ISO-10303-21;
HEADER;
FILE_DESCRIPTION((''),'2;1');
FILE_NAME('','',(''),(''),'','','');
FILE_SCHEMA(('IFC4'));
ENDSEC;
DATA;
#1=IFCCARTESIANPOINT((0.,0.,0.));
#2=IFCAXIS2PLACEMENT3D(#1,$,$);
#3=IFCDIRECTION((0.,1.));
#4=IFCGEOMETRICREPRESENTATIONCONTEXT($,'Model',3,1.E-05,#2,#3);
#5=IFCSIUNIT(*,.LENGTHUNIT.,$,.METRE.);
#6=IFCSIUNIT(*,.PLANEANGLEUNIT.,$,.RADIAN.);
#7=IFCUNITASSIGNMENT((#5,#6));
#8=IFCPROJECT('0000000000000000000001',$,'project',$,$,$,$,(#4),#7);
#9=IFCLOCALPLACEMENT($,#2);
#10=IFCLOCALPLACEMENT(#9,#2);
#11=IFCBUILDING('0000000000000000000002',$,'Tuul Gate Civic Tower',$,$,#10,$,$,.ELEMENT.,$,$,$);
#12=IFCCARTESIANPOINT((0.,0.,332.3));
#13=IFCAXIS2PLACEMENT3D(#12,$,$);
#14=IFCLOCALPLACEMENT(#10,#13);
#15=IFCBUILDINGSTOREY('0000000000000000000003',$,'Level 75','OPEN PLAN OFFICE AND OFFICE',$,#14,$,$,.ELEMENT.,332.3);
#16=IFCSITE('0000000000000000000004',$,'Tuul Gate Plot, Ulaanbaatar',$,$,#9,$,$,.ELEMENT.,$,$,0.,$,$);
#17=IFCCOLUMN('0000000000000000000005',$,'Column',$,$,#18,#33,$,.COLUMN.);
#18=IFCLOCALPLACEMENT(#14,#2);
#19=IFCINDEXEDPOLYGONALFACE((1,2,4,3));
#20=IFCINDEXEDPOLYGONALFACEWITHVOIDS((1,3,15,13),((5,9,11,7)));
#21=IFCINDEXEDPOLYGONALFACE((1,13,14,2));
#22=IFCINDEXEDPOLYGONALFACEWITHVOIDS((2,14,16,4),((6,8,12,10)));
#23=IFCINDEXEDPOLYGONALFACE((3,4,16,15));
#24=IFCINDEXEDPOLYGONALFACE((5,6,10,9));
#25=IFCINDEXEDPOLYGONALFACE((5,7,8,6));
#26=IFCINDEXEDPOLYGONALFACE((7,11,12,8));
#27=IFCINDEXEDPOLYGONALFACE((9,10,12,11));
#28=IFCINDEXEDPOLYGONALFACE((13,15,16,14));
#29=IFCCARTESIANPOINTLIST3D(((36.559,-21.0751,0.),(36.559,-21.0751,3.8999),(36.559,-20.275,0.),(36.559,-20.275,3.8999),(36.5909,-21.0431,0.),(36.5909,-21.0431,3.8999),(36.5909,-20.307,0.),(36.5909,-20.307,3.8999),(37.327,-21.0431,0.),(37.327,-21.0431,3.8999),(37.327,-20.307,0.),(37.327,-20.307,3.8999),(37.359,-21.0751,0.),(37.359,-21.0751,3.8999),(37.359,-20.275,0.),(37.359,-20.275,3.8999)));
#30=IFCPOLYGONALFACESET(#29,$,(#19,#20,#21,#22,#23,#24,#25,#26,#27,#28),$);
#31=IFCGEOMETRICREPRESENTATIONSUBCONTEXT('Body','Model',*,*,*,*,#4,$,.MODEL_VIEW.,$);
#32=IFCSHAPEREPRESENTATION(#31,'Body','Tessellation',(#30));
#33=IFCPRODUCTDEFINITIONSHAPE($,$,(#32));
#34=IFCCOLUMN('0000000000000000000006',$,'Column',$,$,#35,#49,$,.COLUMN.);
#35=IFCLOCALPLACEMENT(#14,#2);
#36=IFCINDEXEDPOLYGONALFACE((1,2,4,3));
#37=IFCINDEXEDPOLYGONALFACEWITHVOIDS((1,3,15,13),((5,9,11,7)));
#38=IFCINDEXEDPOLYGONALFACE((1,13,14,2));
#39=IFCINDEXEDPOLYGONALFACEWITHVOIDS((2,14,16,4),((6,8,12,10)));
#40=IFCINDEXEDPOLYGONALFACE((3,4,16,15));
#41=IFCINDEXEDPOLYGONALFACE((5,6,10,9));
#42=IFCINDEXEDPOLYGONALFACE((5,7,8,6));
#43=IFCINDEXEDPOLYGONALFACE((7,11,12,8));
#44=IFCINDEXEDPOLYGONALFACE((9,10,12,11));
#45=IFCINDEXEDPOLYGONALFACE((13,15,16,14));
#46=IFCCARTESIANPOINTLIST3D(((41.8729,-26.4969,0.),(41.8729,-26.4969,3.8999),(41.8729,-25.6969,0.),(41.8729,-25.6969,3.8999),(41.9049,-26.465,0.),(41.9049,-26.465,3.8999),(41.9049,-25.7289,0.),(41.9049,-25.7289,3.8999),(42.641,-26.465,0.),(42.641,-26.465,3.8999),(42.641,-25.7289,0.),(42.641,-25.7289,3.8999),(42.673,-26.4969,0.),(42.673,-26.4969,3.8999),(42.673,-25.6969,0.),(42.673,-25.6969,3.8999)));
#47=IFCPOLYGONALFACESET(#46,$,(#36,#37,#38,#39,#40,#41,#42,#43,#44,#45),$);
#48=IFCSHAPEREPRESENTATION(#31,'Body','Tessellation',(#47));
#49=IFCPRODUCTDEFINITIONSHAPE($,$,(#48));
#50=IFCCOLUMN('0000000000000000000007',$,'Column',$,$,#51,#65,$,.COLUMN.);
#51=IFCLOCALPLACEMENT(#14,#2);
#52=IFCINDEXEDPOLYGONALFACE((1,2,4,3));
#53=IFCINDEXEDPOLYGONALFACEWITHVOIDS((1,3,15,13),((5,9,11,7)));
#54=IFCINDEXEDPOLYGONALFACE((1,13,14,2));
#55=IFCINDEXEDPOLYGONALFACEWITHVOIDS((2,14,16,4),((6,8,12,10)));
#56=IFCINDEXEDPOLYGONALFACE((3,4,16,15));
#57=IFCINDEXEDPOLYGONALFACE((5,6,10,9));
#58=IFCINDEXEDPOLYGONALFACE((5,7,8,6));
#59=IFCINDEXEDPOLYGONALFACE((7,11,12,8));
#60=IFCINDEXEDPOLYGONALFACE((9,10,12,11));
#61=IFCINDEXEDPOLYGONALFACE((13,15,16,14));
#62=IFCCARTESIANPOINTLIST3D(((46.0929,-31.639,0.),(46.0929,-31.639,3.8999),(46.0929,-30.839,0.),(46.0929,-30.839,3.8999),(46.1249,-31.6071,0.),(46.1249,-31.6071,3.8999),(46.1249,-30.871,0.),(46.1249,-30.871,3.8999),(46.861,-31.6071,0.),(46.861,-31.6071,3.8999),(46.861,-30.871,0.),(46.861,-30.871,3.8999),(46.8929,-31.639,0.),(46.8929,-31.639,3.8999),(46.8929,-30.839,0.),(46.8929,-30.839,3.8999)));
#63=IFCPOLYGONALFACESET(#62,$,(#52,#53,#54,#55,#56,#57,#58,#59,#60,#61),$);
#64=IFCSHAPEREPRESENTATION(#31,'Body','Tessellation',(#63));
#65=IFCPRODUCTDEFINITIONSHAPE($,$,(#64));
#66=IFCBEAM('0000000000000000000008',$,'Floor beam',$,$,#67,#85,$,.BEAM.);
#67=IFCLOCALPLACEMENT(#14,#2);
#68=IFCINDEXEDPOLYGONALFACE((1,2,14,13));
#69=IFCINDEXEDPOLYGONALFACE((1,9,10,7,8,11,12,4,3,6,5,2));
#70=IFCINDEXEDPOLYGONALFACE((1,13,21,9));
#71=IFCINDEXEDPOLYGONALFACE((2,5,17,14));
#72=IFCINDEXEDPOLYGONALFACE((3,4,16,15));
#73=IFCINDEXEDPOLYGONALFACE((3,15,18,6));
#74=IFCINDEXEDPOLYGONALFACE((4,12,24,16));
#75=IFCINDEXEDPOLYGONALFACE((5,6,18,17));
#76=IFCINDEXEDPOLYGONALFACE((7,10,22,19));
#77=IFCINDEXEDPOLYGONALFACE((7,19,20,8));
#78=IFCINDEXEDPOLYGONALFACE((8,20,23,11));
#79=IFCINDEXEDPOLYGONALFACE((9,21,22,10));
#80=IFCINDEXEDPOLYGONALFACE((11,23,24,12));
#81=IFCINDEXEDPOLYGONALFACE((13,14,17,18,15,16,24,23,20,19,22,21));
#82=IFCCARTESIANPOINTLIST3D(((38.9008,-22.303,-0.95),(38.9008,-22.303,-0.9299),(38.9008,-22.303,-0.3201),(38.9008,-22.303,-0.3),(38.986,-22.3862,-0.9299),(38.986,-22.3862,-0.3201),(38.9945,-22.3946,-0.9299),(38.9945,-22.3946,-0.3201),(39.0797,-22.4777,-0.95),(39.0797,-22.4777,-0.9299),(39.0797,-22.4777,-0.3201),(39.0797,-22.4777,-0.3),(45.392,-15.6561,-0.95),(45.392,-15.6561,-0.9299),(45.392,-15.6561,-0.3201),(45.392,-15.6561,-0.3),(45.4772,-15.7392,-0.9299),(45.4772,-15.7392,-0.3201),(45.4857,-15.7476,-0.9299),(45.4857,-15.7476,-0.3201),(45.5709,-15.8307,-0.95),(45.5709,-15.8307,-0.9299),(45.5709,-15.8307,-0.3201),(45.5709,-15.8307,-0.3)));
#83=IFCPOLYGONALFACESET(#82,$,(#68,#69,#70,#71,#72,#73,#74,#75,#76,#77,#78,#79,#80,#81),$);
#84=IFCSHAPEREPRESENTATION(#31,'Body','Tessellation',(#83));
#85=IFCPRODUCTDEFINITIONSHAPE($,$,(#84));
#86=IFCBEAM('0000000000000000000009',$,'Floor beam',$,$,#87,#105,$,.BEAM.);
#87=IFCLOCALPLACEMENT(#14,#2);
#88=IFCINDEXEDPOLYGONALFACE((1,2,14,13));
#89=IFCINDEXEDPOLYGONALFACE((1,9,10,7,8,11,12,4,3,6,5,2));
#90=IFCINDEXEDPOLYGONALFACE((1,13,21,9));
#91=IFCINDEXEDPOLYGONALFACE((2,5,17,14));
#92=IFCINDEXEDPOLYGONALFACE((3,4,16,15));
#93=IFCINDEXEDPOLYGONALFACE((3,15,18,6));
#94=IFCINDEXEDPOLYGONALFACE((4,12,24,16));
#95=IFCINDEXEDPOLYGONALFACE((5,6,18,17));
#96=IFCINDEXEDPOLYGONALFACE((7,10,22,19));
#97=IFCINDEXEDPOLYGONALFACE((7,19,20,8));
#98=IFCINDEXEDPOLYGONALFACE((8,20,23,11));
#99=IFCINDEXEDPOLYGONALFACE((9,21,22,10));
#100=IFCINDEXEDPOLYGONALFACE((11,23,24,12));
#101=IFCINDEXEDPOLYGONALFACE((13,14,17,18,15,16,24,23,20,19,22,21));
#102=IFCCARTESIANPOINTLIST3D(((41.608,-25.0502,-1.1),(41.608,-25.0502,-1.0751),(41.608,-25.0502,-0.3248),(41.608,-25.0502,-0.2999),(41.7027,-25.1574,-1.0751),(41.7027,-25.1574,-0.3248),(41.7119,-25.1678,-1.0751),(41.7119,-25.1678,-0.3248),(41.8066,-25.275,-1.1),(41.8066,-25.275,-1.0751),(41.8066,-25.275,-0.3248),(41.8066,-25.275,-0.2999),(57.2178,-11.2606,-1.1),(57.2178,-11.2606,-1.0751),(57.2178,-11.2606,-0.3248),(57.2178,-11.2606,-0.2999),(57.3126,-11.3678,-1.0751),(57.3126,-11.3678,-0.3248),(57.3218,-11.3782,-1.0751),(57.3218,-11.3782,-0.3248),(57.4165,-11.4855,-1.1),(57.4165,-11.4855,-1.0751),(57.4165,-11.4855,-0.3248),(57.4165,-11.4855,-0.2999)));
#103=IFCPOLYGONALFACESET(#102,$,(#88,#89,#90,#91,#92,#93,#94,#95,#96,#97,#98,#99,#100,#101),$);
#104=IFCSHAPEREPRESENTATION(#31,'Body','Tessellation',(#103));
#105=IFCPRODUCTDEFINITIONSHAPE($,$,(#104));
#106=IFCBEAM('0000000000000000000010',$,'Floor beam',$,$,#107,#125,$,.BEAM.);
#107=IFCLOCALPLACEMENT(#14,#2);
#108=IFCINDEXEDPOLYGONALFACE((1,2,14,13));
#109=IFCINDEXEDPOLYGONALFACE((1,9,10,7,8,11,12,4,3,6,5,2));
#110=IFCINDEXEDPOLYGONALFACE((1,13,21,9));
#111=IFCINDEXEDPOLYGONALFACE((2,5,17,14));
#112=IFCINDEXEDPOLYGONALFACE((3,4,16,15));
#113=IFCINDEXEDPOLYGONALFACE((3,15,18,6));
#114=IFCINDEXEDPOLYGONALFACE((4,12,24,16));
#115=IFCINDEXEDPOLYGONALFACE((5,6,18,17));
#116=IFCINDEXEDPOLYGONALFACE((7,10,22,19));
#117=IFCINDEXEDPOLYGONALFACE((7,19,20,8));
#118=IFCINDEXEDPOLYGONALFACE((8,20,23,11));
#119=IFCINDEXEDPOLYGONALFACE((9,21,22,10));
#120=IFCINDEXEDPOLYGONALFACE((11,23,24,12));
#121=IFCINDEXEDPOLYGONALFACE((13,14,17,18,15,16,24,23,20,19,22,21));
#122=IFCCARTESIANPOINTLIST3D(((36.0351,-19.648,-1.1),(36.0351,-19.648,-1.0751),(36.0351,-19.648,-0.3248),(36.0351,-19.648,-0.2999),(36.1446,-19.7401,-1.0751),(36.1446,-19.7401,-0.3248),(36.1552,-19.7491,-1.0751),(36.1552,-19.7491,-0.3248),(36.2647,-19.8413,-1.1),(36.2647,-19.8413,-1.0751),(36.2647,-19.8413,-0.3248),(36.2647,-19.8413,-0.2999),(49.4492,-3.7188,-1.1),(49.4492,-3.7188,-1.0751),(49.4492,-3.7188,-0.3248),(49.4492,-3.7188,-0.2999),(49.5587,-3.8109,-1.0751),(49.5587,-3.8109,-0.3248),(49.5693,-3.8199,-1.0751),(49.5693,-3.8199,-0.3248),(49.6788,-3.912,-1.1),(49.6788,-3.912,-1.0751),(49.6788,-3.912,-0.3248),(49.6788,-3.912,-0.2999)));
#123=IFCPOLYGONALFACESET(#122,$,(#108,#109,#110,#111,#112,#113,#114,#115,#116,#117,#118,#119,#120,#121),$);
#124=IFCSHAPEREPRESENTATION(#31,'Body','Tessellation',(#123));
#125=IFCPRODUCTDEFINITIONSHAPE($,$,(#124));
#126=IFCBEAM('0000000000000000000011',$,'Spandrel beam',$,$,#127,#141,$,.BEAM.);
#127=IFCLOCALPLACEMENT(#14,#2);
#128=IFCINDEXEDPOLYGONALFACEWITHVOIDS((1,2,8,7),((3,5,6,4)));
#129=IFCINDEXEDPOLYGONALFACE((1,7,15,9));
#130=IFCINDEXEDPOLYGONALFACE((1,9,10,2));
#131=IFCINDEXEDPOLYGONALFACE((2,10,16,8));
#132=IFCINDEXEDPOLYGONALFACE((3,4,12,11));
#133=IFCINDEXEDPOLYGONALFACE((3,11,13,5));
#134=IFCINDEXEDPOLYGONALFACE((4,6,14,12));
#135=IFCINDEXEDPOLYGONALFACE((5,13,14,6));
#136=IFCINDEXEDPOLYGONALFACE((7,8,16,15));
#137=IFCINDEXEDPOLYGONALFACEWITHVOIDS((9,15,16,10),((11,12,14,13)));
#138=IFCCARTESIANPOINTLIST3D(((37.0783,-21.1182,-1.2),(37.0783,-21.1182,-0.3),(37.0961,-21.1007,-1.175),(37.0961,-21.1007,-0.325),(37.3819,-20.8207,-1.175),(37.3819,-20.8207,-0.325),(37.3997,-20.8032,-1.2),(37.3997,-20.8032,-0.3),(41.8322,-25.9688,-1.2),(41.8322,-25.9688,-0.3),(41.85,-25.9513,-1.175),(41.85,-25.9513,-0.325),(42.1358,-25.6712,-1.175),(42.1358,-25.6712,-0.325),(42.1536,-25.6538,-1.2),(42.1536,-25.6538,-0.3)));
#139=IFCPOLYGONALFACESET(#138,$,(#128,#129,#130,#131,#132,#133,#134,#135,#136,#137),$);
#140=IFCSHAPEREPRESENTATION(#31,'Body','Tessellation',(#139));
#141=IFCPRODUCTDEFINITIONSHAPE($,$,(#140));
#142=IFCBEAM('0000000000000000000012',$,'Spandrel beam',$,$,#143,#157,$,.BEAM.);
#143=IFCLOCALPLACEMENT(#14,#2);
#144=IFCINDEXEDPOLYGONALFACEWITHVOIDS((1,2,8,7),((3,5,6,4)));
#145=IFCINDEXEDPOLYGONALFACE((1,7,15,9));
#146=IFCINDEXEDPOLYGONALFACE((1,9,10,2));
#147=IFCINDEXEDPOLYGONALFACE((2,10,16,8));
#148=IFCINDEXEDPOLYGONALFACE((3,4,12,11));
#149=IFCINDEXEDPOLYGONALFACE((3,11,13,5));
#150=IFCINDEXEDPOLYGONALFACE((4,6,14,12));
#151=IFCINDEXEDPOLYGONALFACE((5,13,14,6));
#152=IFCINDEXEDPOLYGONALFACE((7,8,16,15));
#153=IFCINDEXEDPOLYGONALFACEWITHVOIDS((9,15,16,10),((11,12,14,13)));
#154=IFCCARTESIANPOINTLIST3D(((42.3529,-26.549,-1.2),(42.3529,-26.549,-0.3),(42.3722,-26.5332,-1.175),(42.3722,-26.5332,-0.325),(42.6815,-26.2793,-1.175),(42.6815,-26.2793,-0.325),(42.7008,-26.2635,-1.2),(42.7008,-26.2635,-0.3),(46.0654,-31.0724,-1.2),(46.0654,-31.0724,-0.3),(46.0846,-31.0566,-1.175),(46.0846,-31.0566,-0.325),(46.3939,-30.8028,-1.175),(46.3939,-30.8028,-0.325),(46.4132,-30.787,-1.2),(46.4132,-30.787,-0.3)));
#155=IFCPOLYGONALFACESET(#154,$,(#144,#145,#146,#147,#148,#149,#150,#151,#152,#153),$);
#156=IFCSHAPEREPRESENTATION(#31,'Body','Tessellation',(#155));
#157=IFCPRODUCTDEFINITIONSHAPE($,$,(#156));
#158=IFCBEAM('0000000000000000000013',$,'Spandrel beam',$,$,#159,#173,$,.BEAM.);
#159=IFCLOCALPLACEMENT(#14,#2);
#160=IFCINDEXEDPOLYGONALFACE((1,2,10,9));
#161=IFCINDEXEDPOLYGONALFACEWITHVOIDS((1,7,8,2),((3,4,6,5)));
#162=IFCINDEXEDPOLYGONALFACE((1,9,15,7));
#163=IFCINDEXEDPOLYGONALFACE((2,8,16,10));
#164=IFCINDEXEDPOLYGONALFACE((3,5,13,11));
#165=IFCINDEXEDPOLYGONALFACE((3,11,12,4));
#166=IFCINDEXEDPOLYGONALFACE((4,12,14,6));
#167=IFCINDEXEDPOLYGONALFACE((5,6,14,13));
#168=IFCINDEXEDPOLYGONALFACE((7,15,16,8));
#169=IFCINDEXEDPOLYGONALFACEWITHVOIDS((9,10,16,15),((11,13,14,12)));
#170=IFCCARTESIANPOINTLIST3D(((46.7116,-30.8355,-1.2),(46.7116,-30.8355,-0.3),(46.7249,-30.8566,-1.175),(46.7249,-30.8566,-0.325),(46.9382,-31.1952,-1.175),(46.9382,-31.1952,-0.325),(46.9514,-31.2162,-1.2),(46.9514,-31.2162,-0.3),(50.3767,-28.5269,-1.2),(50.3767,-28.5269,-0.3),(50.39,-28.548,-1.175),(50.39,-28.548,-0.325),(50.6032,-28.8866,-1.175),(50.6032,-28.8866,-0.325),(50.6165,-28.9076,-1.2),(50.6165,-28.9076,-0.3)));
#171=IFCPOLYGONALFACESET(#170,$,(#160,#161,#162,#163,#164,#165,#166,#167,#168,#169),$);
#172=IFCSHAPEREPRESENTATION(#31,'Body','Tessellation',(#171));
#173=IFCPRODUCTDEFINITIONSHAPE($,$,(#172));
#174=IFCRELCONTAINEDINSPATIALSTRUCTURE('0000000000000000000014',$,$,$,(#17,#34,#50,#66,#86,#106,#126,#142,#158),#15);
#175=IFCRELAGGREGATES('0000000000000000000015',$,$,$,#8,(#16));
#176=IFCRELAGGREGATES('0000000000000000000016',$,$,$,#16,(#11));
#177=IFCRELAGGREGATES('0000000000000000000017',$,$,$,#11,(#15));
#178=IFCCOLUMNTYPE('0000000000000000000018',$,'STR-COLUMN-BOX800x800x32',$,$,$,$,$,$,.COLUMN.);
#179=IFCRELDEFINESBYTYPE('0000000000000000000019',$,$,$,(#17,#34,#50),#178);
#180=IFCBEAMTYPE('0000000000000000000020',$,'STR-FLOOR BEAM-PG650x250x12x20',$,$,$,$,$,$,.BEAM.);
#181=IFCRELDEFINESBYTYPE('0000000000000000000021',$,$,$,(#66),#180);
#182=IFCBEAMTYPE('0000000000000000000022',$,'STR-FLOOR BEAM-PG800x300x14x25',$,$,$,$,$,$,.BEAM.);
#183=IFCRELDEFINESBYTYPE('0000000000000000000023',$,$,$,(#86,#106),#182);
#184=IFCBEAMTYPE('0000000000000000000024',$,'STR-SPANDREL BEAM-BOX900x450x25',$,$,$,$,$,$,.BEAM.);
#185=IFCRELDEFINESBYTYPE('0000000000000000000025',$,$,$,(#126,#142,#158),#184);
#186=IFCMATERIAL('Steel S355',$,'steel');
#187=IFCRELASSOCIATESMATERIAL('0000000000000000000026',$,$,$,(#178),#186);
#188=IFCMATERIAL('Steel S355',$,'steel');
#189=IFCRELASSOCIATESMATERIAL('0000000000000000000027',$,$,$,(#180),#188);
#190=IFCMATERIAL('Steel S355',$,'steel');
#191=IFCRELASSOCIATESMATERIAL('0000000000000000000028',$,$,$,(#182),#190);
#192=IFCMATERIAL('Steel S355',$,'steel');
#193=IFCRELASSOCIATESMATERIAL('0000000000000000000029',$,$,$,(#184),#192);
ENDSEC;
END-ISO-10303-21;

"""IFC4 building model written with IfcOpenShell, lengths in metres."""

from ifc_helpers import new_model, si_unit, direction, frame, origin, origin_2d, place, context, subcontext, project, spatial, hollow_rectangle, i_section, extrude, material, material_profile, profile_set, type_object, element, save


model = new_model("IFC4")

# Units and contexts
model_context = context("Model", 3, precision=1e-05, world=origin(), true_north=direction((0.0, 1.0)))
body_context = subcontext(model_context, "Body", "Model", "MODEL_VIEW")
ifc_project = project(units=[si_unit("LENGTHUNIT", "METRE"), si_unit("PLANEANGLEUNIT", "RADIAN")], contexts=[model_context])

# Site, building, storey
site_placement = place(None, origin())
site = spatial("IfcSite", under=ifc_project, at=site_placement, Name="Tuul Gate Plot, Ulaanbaatar", CompositionType="ELEMENT", RefElevation=0.0)
building_placement = place(site_placement, origin())
building = spatial("IfcBuilding", under=site, at=building_placement, Name="Tuul Gate Civic Tower", CompositionType="ELEMENT")
storey_placement = place(building_placement, frame((0.0, 0.0, 332.3)))
storey = spatial("IfcBuildingStorey", under=building, at=storey_placement, Name="Level 75", Description="OPEN PLAN OFFICE AND OFFICE", CompositionType="ELEMENT", Elevation=332.3)

# Columns
ifc_material_1 = material(Name="Steel S355", Category="steel")
ifc_material_profile_1 = material_profile(ifc_material_1, hollow_rectangle(XDim=0.8, YDim=0.8, WallThickness=0.032, at=origin_2d()), Name="BOX800x800x32")
ifc_profile_set_1 = profile_set([ifc_material_profile_1], Name="Steel S355")
column_type = type_object("IfcColumnType", Name="STR-COLUMN-BOX800x800x32", PredefinedType="COLUMN", material=ifc_profile_set_1)
for number, where, z_axis, x_axis, name in (
    (1, (36.959, -20.675, 0.0), (0.0, 0.0, 1.0), (1.0, 0.0, 0.0), "Column"),
    (2, (42.2729, -26.0969, 0.0), (0.0, 0.0, 1.0), (1.0, 0.0, 0.0), "Column"),
    (3, (46.4929, -31.239, 0.0), (0.0, 0.0, 1.0), (1.0, 0.0, 0.0), "Column"),
):
    element("IfcColumn", number, at=place(storey_placement, frame(where, z_axis=z_axis, x_axis=x_axis)), inside=storey, type_object=column_type, Name=name, PredefinedType="COLUMN", context=body_context, shape_type="SweptSolid", body=[
        extrude(hollow_rectangle(XDim=0.8, YDim=0.8, WallThickness=0.032, at=origin_2d()), origin(), (0.0, 0.0, 1.0), 3.8999),
    ])

# Beams
ifc_material_2 = material(Name="Steel S355", Category="steel")
ifc_material_profile_2 = material_profile(ifc_material_2, i_section(OverallWidth=0.25, OverallDepth=0.6499, WebThickness=0.012, FlangeThickness=0.02, at=origin_2d()), Name="PG650x250x12x20")
ifc_profile_set_2 = profile_set([ifc_material_profile_2], Name="Steel S355")
beam_type_1 = type_object("IfcBeamType", Name="STR-FLOOR BEAM-PG650x250x12x20", PredefinedType="BEAM", material=ifc_profile_set_2)
beam_1_placement = place(storey_placement, frame((38.9902, -22.3904, -0.625), z_axis=(0.698674, 0.71544, 0.0), x_axis=(-0.71544, 0.698674, 0.0)))
element("IfcBeam", 4, at=beam_1_placement, inside=storey, type_object=beam_type_1, Name="Floor beam", PredefinedType="BEAM", context=body_context, shape_type="SweptSolid", body=[
    extrude(i_section(OverallWidth=0.25, OverallDepth=0.6499, WebThickness=0.012, FlangeThickness=0.02, at=origin_2d()), origin(), (0.0, 0.0, 1.0), 9.2908),
])
ifc_material_3 = material(Name="Steel S355", Category="steel")
ifc_material_profile_3 = material_profile(ifc_material_3, i_section(OverallWidth=0.3, OverallDepth=0.8, WebThickness=0.0139, FlangeThickness=0.0249, at=origin_2d()), Name="PG800x300x14x25")
ifc_profile_set_3 = profile_set([ifc_material_profile_3], Name="Steel S355")
beam_type_2 = type_object("IfcBeamType", Name="STR-FLOOR BEAM-PG800x300x14x25", PredefinedType="BEAM", material=ifc_profile_set_3)
beam_2_placement = place(storey_placement, frame((41.7073, -25.1626, -0.7), z_axis=(0.749453, 0.662057, 0.0), x_axis=(-0.662057, 0.749453, 0.0)))
element("IfcBeam", 5, at=beam_2_placement, inside=storey, type_object=beam_type_2, Name="Floor beam", PredefinedType="BEAM", context=body_context, shape_type="SweptSolid", body=[
    extrude(i_section(OverallWidth=0.3, OverallDepth=0.8, WebThickness=0.0139, FlangeThickness=0.0249, at=origin_2d()), origin(), (0.0, 0.0, 1.0), 20.8284),
])
beam_3_placement = place(storey_placement, frame((36.1499, -19.7446, -0.7), z_axis=(0.644136, 0.764911, 0.0), x_axis=(-0.764911, 0.644136, 0.0)))
element("IfcBeam", 6, at=beam_3_placement, inside=storey, type_object=beam_type_2, Name="Floor beam", PredefinedType="BEAM", context=body_context, shape_type="SweptSolid", body=[
    extrude(i_section(OverallWidth=0.3, OverallDepth=0.8, WebThickness=0.0139, FlangeThickness=0.0249, at=origin_2d()), origin(), (0.0, 0.0, 1.0), 20.825),
])
ifc_material_4 = material(Name="Steel S355", Category="steel")
ifc_material_profile_4 = material_profile(ifc_material_4, hollow_rectangle(XDim=0.45, YDim=0.8999, WallThickness=0.0249, at=origin_2d()), Name="BOX900x450x25")
ifc_profile_set_4 = profile_set([ifc_material_profile_4], Name="Steel S355")
beam_type_3 = type_object("IfcBeamType", Name="STR-SPANDREL BEAM-BOX900x450x25", PredefinedType="BEAM", material=ifc_profile_set_4)
beam_4_placement = place(storey_placement, frame((37.239, -20.9607, -0.75), z_axis=(0.699954, -0.714188, 0.0), x_axis=(0.714188, 0.699954, 0.0)))
element("IfcBeam", 7, at=beam_4_placement, inside=storey, type_object=beam_type_3, Name="Spandrel beam", PredefinedType="BEAM", context=body_context, shape_type="SweptSolid", body=[
    extrude(hollow_rectangle(XDim=0.45, YDim=0.8999, WallThickness=0.0249, at=origin_2d()), origin(), (0.0, 0.0, 1.0), 6.7917),
])
beam_5_placement = place(storey_placement, frame((42.5269, -26.4062, -0.75), z_axis=(0.634405, -0.773001, 0.0), x_axis=(0.773001, 0.634405, 0.0)))
element("IfcBeam", 8, at=beam_5_placement, inside=storey, type_object=beam_type_3, Name="Spandrel beam", PredefinedType="BEAM", context=body_context, shape_type="SweptSolid", body=[
    extrude(hollow_rectangle(XDim=0.45, YDim=0.8999, WallThickness=0.0249, at=origin_2d()), origin(), (0.0, 0.0, 1.0), 5.8518),
])
beam_6_placement = place(storey_placement, frame((46.8315, -31.0259, -0.75), z_axis=(0.846131, 0.532975, 0.0), x_axis=(-0.532975, 0.846131, 0.0)))
element("IfcBeam", 9, at=beam_6_placement, inside=storey, type_object=beam_type_3, Name="Spandrel beam", PredefinedType="BEAM", context=body_context, shape_type="SweptSolid", body=[
    extrude(hollow_rectangle(XDim=0.45, YDim=0.8999, WallThickness=0.0249, at=origin_2d()), origin(), (0.0, 0.0, 1.0), 4.3315),
])

save(model, "model.ifc")
